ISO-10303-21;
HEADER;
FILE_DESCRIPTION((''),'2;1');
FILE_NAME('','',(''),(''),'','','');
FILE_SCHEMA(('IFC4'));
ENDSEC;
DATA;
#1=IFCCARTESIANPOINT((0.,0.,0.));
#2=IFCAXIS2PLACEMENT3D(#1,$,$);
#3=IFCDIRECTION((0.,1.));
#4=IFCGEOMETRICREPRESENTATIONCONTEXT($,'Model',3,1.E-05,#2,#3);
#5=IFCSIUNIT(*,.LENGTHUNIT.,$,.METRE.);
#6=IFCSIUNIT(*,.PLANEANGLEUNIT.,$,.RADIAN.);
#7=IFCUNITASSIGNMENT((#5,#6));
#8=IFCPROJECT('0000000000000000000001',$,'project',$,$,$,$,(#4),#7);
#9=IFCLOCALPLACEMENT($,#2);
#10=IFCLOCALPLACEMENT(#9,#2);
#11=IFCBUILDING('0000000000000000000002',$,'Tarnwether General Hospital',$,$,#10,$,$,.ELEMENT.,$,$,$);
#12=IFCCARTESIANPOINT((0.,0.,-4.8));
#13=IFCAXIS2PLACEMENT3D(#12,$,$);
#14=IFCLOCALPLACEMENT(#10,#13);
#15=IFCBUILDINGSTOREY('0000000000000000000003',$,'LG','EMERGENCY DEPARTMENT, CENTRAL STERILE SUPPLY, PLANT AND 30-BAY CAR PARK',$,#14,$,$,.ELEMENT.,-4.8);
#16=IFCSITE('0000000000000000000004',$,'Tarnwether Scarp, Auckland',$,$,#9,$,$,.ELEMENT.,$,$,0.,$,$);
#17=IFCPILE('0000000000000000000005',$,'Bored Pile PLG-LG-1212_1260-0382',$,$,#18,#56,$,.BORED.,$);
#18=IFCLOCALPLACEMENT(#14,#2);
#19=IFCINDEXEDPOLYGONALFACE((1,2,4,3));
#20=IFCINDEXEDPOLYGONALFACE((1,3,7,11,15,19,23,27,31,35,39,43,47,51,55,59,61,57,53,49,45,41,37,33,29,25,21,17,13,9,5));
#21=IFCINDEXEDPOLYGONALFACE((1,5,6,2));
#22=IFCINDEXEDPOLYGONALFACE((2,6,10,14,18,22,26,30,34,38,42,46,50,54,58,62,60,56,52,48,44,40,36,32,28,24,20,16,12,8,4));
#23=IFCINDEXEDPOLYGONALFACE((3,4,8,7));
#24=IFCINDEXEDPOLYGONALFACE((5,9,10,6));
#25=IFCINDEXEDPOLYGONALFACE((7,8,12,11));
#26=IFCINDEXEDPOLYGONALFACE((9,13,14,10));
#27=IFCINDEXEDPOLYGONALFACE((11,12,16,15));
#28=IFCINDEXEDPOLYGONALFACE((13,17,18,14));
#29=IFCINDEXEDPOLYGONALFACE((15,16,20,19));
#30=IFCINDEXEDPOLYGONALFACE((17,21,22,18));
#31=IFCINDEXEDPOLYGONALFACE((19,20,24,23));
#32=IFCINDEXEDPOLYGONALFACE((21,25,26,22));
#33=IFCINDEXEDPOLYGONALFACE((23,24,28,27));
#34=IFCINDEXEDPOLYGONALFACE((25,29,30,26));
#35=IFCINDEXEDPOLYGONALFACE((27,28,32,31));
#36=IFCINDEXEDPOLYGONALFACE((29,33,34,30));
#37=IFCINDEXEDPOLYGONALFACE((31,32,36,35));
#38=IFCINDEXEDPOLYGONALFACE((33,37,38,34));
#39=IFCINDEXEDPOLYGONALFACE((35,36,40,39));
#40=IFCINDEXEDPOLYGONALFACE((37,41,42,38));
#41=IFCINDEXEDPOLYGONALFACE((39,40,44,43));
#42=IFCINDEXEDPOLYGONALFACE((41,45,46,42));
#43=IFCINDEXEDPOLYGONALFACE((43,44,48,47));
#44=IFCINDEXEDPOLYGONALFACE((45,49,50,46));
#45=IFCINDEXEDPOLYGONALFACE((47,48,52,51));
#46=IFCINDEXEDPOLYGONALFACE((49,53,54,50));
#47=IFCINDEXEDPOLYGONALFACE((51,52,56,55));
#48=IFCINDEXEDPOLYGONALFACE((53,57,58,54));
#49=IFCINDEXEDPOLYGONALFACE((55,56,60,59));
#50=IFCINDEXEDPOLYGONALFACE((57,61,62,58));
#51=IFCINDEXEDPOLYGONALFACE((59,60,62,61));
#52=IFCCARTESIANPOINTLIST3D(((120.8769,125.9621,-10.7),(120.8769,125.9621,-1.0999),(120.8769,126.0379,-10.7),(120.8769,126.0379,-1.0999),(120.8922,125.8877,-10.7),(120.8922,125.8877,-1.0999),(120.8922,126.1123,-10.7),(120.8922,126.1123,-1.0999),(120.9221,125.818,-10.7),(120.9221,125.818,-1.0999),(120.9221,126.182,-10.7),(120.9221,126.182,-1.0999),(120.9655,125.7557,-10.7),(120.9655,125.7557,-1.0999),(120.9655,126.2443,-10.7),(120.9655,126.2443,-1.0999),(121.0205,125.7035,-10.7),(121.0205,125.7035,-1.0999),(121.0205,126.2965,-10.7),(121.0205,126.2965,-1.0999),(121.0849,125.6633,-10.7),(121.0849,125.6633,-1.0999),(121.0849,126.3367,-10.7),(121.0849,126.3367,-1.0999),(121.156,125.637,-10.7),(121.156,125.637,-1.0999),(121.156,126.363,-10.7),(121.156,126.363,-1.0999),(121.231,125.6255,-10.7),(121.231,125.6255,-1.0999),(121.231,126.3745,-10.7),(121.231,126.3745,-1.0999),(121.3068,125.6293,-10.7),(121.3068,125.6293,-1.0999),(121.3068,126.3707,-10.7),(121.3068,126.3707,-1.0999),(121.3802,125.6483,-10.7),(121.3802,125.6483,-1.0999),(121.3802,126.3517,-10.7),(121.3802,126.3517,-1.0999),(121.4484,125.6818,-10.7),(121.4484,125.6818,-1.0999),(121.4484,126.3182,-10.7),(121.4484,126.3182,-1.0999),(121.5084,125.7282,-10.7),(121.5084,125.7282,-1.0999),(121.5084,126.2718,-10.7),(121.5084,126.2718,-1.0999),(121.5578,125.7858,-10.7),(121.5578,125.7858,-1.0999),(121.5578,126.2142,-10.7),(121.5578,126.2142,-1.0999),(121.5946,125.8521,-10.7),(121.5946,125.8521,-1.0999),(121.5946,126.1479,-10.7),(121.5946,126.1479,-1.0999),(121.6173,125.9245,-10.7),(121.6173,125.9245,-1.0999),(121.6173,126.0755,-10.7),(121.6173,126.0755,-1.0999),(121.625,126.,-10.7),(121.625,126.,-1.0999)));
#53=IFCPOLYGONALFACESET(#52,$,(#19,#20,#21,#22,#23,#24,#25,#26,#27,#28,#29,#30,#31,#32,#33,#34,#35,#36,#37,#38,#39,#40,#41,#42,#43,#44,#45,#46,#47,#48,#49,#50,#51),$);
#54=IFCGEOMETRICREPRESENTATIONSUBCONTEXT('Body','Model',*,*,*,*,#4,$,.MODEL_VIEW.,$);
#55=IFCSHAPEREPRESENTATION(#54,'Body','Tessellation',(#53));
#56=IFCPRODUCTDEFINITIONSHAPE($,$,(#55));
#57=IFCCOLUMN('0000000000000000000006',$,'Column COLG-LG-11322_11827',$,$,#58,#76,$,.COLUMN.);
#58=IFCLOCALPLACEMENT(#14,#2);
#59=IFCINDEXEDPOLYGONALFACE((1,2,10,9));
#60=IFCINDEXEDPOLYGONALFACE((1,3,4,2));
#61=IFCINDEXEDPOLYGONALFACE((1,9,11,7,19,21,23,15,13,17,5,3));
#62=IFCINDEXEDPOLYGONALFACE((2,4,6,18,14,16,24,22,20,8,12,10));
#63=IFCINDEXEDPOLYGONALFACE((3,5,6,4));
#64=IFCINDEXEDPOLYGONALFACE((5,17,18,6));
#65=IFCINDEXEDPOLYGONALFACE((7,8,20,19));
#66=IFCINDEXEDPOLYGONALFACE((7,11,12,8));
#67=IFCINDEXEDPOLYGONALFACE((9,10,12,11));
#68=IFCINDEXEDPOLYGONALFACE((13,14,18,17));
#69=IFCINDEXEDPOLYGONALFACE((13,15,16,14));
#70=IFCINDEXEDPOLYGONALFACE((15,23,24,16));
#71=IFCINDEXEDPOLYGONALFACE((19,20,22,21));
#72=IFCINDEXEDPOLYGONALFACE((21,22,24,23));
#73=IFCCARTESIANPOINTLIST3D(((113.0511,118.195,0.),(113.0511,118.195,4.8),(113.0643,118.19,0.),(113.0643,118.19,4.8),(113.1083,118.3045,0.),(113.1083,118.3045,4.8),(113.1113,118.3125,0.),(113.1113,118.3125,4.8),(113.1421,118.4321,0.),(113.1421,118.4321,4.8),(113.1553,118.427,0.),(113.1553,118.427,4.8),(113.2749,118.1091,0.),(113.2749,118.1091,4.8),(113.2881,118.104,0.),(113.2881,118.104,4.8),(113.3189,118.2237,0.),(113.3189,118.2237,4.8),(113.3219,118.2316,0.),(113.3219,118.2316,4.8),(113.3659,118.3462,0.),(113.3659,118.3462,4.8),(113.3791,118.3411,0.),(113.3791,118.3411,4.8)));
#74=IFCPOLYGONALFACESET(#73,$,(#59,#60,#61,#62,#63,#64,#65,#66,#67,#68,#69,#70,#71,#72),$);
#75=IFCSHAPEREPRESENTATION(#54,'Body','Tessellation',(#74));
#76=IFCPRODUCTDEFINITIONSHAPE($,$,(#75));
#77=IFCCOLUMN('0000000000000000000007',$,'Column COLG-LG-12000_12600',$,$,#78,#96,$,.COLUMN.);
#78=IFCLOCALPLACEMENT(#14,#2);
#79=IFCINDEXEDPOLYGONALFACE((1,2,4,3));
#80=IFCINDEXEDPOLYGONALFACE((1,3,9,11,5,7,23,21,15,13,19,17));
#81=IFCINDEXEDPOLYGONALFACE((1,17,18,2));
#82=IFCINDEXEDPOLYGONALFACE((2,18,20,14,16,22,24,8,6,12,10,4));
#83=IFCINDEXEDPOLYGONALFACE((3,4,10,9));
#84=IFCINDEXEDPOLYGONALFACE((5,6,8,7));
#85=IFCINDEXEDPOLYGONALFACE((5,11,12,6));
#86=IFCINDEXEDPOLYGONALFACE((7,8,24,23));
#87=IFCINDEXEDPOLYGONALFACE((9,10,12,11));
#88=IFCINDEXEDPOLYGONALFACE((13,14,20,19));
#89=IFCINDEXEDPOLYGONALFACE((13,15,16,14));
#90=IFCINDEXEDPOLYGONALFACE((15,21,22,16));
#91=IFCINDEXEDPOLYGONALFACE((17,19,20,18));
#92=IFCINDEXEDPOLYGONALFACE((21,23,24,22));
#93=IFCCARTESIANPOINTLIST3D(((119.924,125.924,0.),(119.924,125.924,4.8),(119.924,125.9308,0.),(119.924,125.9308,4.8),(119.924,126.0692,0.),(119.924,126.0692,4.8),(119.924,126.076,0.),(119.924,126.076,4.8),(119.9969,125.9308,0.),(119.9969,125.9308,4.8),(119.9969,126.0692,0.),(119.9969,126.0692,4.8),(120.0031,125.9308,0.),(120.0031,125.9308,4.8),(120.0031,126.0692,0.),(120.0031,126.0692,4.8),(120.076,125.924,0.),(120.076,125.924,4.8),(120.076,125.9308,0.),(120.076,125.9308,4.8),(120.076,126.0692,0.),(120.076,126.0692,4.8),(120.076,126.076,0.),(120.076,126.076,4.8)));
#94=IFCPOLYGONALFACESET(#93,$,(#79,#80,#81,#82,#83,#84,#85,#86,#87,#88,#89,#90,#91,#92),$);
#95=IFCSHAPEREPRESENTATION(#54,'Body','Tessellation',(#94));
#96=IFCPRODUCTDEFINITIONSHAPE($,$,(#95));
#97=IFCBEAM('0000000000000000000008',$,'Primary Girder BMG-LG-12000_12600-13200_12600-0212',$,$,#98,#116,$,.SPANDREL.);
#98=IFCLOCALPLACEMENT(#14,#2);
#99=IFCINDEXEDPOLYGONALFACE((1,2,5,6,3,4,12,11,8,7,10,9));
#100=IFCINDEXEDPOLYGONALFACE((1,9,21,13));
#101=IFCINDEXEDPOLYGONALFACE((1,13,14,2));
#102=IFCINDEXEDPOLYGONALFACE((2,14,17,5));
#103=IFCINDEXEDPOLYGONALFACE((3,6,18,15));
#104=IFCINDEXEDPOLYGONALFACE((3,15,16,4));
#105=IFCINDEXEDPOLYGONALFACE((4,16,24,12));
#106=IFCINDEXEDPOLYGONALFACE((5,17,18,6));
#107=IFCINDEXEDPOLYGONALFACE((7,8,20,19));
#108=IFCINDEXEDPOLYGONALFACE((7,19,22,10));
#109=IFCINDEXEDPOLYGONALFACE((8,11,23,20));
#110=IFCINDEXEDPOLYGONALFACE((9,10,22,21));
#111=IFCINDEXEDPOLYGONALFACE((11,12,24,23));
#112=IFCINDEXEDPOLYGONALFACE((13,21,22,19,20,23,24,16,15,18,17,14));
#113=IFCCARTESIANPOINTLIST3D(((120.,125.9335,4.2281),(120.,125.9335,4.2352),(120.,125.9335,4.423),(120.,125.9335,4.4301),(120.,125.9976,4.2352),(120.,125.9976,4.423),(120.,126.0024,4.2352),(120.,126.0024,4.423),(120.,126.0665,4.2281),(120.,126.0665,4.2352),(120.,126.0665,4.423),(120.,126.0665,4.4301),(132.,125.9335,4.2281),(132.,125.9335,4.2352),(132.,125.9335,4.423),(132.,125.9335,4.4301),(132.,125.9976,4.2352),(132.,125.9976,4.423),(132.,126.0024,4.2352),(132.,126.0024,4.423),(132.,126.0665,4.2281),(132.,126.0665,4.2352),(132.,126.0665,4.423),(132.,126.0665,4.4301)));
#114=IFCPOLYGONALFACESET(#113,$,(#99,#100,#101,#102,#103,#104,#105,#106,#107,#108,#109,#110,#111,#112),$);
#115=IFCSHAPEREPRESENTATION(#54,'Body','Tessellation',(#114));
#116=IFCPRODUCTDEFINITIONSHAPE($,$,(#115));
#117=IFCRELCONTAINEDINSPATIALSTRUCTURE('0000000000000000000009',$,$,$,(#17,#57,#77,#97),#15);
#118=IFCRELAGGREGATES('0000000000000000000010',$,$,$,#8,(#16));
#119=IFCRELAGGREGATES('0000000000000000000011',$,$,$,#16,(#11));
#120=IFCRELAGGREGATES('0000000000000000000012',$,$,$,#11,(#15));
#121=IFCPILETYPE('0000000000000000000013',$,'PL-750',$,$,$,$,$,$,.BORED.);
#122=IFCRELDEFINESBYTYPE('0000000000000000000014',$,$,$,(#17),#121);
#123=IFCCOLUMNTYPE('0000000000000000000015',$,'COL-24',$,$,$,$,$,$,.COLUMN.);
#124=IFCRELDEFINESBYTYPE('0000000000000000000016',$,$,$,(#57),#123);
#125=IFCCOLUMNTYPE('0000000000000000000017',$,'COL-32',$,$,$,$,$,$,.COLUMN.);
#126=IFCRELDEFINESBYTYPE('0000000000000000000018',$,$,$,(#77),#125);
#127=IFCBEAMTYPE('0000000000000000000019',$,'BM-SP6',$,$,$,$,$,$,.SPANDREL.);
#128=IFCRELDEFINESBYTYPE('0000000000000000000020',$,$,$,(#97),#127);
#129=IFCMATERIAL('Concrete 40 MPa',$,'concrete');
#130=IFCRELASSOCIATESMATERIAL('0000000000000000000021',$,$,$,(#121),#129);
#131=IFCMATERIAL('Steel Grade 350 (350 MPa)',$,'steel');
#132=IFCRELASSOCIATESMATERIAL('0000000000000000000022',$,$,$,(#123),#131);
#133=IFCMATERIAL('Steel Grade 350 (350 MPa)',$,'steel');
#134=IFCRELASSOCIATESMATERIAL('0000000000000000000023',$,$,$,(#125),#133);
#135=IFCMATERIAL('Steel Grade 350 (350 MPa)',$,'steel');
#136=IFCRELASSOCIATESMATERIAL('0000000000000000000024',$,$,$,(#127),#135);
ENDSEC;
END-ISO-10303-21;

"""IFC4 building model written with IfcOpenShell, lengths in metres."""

from ifc_helpers import new_model, si_unit, direction, frame, origin, origin_2d, place, context, subcontext, project, spatial, circle, i_section, extrude, material, material_profile, profile_set, type_object, element, save


model = new_model("IFC4")

# Units and contexts
model_context = context("Model", 3, precision=1e-05, world=origin(), true_north=direction((0.0, 1.0)))
body_context = subcontext(model_context, "Body", "Model", "MODEL_VIEW")
ifc_project = project(units=[si_unit("LENGTHUNIT", "METRE"), si_unit("PLANEANGLEUNIT", "RADIAN")], contexts=[model_context])

# Site, building, storey
site_placement = place(None, origin())
site = spatial("IfcSite", under=ifc_project, at=site_placement, Name="Tarnwether Scarp, Auckland", CompositionType="ELEMENT", RefElevation=0.0)
building_placement = place(site_placement, origin())
building = spatial("IfcBuilding", under=site, at=building_placement, Name="Tarnwether General Hospital", CompositionType="ELEMENT")
storey_placement = place(building_placement, frame((0.0, 0.0, -4.8)))
storey = spatial("IfcBuildingStorey", under=building, at=storey_placement, Name="LG", Description="EMERGENCY DEPARTMENT, CENTRAL STERILE SUPPLY, PLANT AND 30-BAY CAR PARK", CompositionType="ELEMENT", Elevation=-4.8)

# Pile
ifc_material_1 = material(Name="Concrete 40 MPa", Category="concrete")
ifc_material_profile_1 = material_profile(ifc_material_1, circle(Radius=0.375, at=origin_2d()), Name="PILE-D750")
ifc_profile_set_1 = profile_set([ifc_material_profile_1], Name="Concrete 40 MPa")
pile_type_1 = type_object("IfcPileType", Name="PL-750", PredefinedType="BORED", material=ifc_profile_set_1)
for number, where, z_axis, x_axis, name in (
    (1, (121.25, 126.0, -1.0999), (0.0, 0.0, -1.0), (1.0, 0.0, 0.0), "Bored Pile PLG-LG-1212_1260-0382"),
):
    element("IfcPile", number, at=place(storey_placement, frame(where, z_axis=z_axis, x_axis=x_axis)), inside=storey, type_object=pile_type_1, Name=name, PredefinedType="BORED", context=body_context, shape_type="SweptSolid", body=[
        extrude(circle(Radius=0.375, at=origin_2d()), origin(), (0.0, 0.0, 1.0), 9.6001),
    ])

# Columns
ifc_material_2 = material(Name="Steel Grade 350 (350 MPa)", Category="steel")
ifc_material_profile_2 = material_profile(ifc_material_2, i_section(OverallWidth=0.2539, OverallDepth=0.2539, WebThickness=0.0085, FlangeThickness=0.0142, at=origin_2d()), Name="250UC72.9")
ifc_profile_set_2 = profile_set([ifc_material_profile_2], Name="Steel Grade 350 (350 MPa)")
column_type_1 = type_object("IfcColumnType", Name="COL-24", PredefinedType="COLUMN", material=ifc_profile_set_2)
column_1_placement = place(storey_placement, frame((113.2151, 118.2681, 0.0), z_axis=(0.0, 0.0, 1.0), x_axis=(0.358368, 0.93358, 0.0)))
element("IfcColumn", 2, at=column_1_placement, inside=storey, type_object=column_type_1, Name="Column COLG-LG-11322_11827", PredefinedType="COLUMN", context=body_context, shape_type="SweptSolid", body=[
    extrude(i_section(OverallWidth=0.2539, OverallDepth=0.2539, WebThickness=0.0085, FlangeThickness=0.0142, at=origin_2d()), origin(), (0.0, 0.0, 1.0), 4.8),
])
ifc_material_3 = material(Name="Steel Grade 350 (350 MPa)", Category="steel")
ifc_material_profile_3 = material_profile(ifc_material_3, i_section(OverallWidth=0.1521, OverallDepth=0.1521, WebThickness=0.0061, FlangeThickness=0.0068, at=origin_2d()), Name="150UC23.4")
ifc_profile_set_3 = profile_set([ifc_material_profile_3], Name="Steel Grade 350 (350 MPa)")
column_type_2 = type_object("IfcColumnType", Name="COL-32", PredefinedType="COLUMN", material=ifc_profile_set_3)
column_2_placement = place(storey_placement, frame((120.0, 126.0, 0.0), z_axis=(0.0, 0.0, 1.0), x_axis=(1.0, 0.0, 0.0)))
element("IfcColumn", 3, at=column_2_placement, inside=storey, type_object=column_type_2, Name="Column COLG-LG-12000_12600", PredefinedType="COLUMN", context=body_context, shape_type="SweptSolid", body=[
    extrude(i_section(OverallWidth=0.1521, OverallDepth=0.1521, WebThickness=0.0061, FlangeThickness=0.0068, at=origin_2d()), origin(), (0.0, 0.0, 1.0), 4.8),
])

# Beam
ifc_material_4 = material(Name="Steel Grade 350 (350 MPa)", Category="steel")
ifc_material_profile_4 = material_profile(ifc_material_4, i_section(OverallWidth=0.1331, OverallDepth=0.2019, WebThickness=0.0049, FlangeThickness=0.0071, at=origin_2d()), Name="200UB22.3")
ifc_profile_set_4 = profile_set([ifc_material_profile_4], Name="Steel Grade 350 (350 MPa)")
beam_type = type_object("IfcBeamType", Name="BM-SP6", PredefinedType="SPANDREL", material=ifc_profile_set_4)
beam_placement = place(storey_placement, frame((120.0, 126.0, 4.3291), z_axis=(1.0, 0.0, 0.0), x_axis=(0.0, 1.0, 0.0)))
element("IfcBeam", 4, at=beam_placement, inside=storey, type_object=beam_type, Name="Primary Girder BMG-LG-12000_12600-13200_12600-0212", PredefinedType="SPANDREL", context=body_context, shape_type="SweptSolid", body=[
    extrude(i_section(OverallWidth=0.1331, OverallDepth=0.2019, WebThickness=0.0049, FlangeThickness=0.0071, at=origin_2d()), origin(), (0.0, 0.0, 1.0), 12.0),
])

save(model, "model.ifc")
